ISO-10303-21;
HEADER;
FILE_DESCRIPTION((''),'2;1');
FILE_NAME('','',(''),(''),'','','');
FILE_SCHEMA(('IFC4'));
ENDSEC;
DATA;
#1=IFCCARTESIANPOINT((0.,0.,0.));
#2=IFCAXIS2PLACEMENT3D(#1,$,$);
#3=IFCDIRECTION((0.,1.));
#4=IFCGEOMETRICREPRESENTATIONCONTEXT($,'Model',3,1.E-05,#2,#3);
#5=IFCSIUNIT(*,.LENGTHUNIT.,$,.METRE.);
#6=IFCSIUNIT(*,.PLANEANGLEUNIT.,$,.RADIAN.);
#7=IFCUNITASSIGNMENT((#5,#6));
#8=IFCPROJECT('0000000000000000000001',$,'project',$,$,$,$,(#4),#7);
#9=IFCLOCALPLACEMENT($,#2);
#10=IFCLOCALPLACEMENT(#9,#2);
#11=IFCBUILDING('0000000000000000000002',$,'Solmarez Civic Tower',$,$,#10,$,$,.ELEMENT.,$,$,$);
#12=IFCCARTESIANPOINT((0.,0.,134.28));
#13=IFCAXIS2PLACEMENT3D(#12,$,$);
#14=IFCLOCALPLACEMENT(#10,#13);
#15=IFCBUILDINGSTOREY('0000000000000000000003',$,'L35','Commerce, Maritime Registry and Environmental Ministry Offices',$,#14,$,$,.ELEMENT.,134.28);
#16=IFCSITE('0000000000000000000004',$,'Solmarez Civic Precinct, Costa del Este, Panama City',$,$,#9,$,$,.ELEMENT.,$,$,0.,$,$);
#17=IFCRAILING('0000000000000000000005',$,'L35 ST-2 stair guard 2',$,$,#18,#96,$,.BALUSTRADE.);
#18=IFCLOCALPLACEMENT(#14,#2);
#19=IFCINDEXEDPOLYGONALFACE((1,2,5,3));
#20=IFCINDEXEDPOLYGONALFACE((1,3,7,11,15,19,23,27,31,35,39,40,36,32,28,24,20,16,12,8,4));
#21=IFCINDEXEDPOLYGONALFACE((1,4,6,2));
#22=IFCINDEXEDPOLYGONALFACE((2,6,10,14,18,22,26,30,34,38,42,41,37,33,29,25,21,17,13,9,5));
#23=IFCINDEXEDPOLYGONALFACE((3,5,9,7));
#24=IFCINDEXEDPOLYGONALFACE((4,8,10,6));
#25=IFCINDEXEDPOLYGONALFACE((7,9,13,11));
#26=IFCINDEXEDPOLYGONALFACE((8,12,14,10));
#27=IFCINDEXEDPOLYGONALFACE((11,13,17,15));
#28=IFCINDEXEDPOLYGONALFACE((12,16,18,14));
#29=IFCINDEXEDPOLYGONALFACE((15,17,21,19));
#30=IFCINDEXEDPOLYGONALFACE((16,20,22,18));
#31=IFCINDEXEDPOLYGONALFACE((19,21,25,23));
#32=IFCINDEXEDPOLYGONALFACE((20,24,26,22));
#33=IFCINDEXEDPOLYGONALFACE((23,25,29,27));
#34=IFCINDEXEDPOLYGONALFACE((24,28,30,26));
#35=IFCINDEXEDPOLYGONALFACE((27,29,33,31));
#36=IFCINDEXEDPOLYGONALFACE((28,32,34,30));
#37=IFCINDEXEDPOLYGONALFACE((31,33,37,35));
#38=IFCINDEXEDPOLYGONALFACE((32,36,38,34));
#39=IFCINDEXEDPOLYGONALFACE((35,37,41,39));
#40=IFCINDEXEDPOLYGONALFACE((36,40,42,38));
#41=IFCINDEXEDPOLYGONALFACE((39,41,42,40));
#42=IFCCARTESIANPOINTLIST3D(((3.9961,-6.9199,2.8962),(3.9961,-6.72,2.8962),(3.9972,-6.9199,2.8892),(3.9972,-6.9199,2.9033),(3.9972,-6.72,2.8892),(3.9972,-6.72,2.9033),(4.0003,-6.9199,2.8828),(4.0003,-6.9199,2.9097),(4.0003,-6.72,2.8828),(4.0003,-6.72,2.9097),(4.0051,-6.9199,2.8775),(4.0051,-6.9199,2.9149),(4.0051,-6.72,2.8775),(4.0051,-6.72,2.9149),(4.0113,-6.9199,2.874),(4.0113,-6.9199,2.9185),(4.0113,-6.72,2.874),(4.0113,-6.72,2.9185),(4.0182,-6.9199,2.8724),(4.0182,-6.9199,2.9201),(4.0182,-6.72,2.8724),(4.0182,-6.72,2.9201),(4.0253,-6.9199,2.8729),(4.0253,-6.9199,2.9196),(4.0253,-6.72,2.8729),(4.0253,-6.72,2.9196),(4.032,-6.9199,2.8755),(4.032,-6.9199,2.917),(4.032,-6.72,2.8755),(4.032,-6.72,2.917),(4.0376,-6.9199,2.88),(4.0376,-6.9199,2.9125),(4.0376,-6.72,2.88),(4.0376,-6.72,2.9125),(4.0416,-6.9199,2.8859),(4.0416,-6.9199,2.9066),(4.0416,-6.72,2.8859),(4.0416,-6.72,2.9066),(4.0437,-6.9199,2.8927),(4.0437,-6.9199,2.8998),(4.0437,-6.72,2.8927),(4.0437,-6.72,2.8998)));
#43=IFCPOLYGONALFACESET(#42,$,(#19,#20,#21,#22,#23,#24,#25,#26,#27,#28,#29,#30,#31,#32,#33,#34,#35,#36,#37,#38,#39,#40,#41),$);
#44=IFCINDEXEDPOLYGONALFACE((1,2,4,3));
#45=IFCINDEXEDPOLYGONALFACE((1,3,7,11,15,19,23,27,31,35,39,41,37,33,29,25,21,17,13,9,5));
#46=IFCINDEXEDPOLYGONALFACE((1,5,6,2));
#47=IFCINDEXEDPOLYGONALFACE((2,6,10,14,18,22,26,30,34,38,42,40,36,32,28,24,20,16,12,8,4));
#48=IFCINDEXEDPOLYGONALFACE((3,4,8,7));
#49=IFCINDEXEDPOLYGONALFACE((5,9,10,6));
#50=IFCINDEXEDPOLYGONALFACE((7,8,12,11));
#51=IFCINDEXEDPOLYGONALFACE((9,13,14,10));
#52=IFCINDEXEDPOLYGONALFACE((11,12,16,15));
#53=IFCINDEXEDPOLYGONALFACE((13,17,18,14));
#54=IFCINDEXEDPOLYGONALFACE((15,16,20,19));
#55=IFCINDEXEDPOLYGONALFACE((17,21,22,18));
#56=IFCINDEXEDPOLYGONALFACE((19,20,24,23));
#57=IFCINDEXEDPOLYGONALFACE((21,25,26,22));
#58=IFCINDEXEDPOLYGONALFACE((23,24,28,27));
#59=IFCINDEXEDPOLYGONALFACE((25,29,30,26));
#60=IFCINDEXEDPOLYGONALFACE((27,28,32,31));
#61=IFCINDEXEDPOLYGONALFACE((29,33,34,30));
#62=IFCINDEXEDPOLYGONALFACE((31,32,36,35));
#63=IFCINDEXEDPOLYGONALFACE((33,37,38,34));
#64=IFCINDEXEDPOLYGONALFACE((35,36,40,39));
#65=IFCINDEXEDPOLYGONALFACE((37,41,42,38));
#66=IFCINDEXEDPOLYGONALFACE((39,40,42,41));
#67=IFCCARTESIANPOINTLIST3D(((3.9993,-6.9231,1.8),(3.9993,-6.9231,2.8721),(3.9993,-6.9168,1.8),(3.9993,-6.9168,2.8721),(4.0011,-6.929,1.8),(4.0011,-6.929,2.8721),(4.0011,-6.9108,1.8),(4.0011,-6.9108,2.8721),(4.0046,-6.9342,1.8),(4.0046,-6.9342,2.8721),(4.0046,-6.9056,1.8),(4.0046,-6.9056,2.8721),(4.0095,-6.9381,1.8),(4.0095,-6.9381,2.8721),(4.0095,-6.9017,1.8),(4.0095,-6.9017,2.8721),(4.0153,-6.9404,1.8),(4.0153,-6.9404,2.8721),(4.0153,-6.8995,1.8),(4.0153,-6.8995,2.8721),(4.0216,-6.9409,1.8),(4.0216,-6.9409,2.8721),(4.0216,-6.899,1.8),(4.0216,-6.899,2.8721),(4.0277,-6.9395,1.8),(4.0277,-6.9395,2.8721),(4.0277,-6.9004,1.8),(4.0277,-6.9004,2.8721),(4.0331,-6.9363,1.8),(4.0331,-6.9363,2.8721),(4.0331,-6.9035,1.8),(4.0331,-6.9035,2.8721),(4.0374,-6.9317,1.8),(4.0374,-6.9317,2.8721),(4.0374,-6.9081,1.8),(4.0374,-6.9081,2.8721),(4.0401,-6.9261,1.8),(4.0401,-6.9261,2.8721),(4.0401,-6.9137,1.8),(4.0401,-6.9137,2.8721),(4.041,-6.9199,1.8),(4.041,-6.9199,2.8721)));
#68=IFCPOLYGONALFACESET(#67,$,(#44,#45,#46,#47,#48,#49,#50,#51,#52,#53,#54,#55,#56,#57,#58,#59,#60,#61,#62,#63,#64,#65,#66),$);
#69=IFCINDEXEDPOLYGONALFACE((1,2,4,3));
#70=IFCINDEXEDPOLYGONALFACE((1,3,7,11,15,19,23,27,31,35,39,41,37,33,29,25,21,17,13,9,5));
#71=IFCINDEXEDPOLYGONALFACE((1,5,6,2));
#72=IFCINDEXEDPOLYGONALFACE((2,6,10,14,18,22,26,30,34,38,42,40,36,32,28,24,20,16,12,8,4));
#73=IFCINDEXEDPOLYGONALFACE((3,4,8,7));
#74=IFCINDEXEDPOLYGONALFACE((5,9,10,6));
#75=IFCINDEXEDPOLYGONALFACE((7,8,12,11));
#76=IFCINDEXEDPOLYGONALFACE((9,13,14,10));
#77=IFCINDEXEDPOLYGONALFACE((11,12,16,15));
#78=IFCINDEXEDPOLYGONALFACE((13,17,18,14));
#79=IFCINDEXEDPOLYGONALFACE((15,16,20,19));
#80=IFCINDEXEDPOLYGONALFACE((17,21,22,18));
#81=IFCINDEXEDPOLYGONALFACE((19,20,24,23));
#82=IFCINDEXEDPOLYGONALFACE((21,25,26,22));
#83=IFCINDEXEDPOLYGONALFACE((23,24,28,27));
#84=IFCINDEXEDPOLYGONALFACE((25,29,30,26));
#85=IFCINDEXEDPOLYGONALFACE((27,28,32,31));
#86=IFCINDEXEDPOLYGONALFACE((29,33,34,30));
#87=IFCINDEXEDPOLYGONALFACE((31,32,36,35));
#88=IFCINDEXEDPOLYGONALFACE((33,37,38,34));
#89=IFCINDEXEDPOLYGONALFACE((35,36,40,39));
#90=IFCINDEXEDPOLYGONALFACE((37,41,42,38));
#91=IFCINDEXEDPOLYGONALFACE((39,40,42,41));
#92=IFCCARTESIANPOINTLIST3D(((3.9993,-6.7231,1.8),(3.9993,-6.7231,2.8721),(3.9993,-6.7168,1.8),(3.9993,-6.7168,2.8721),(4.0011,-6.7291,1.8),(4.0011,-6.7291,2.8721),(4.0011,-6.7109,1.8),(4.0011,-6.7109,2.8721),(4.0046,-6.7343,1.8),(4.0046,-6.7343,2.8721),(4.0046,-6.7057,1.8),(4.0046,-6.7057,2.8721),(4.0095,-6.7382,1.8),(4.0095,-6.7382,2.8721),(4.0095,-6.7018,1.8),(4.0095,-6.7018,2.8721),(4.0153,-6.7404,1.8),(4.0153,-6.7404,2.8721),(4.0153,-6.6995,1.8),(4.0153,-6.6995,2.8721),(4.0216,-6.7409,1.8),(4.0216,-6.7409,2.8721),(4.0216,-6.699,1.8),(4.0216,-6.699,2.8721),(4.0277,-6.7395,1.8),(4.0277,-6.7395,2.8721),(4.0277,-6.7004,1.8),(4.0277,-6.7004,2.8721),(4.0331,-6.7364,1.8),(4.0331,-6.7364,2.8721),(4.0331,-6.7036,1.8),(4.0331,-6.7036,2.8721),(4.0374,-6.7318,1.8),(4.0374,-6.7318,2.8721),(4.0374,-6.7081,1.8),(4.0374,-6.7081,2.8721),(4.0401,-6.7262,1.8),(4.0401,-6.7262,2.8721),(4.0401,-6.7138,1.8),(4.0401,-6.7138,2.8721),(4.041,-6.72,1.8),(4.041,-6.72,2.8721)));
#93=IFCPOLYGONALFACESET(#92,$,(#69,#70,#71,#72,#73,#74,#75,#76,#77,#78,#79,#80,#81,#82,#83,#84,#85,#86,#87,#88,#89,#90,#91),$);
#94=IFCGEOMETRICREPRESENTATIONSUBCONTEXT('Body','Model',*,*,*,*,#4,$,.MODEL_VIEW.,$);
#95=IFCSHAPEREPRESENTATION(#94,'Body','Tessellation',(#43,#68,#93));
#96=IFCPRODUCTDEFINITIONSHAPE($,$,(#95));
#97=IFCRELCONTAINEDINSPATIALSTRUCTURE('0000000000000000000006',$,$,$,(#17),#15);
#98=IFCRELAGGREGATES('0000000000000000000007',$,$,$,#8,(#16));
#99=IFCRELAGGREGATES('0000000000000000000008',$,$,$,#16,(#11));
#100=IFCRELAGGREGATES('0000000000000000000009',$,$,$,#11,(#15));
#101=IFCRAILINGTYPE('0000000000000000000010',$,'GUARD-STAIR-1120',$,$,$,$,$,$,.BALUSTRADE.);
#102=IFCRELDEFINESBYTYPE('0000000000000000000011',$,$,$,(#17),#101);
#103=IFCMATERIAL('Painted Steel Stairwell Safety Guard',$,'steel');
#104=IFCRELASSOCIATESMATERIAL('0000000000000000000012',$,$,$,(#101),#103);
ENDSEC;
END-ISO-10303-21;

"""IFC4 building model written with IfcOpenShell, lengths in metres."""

from ifc_helpers import new_model, si_unit, direction, frame, origin, origin_2d, place, context, subcontext, project, spatial, circle, extrude, material, type_object, element, save


model = new_model("IFC4")

# Units and contexts
model_context = context("Model", 3, precision=1e-05, world=origin(), true_north=direction((0.0, 1.0)))
body_context = subcontext(model_context, "Body", "Model", "MODEL_VIEW")
ifc_project = project(units=[si_unit("LENGTHUNIT", "METRE"), si_unit("PLANEANGLEUNIT", "RADIAN")], contexts=[model_context])

# Site, building, storey
site_placement = place(None, origin())
site = spatial("IfcSite", under=ifc_project, at=site_placement, Name="Solmarez Civic Precinct, Costa del Este, Panama City", CompositionType="ELEMENT", RefElevation=0.0)
building_placement = place(site_placement, origin())
building = spatial("IfcBuilding", under=site, at=building_placement, Name="Solmarez Civic Tower", CompositionType="ELEMENT")
storey_placement = place(building_placement, frame((0.0, 0.0, 134.28)))
storey = spatial("IfcBuildingStorey", under=building, at=storey_placement, Name="L35", Description="Commerce, Maritime Registry and Environmental Ministry Offices", CompositionType="ELEMENT", Elevation=134.28)

# Railing
ifc_material_1 = material(Name="Painted Steel Stairwell Safety Guard", Category="steel")
railing_type_1 = type_object("IfcRailingType", Name="GUARD-STAIR-1120", PredefinedType="BALUSTRADE", material=ifc_material_1)
railing_1_placement = place(storey_placement, frame((4.02, -6.9199, 1.8)))
element("IfcRailing", 1, at=railing_1_placement, inside=storey, type_object=railing_type_1, Name="L35 ST-2 stair guard 2", PredefinedType="BALUSTRADE", context=body_context, shape_type="SweptSolid", body=[
    extrude(circle(Radius=0.0239, at=origin_2d()), frame((0.0, 0.0, 1.0962), z_axis=(0.0, 1.0, 0.0), x_axis=(-1.0, 0.0, 0.0)), (0.0, 0.0, 1.0), 0.2),
    extrude(circle(Radius=0.021, at=origin_2d()), origin(), (0.0, 0.0, 1.0), 1.072),
    extrude(circle(Radius=0.021, at=origin_2d()), frame((0.0, 0.2, 0.0)), (0.0, 0.0, 1.0), 1.072),
])

save(model, "model.ifc")
